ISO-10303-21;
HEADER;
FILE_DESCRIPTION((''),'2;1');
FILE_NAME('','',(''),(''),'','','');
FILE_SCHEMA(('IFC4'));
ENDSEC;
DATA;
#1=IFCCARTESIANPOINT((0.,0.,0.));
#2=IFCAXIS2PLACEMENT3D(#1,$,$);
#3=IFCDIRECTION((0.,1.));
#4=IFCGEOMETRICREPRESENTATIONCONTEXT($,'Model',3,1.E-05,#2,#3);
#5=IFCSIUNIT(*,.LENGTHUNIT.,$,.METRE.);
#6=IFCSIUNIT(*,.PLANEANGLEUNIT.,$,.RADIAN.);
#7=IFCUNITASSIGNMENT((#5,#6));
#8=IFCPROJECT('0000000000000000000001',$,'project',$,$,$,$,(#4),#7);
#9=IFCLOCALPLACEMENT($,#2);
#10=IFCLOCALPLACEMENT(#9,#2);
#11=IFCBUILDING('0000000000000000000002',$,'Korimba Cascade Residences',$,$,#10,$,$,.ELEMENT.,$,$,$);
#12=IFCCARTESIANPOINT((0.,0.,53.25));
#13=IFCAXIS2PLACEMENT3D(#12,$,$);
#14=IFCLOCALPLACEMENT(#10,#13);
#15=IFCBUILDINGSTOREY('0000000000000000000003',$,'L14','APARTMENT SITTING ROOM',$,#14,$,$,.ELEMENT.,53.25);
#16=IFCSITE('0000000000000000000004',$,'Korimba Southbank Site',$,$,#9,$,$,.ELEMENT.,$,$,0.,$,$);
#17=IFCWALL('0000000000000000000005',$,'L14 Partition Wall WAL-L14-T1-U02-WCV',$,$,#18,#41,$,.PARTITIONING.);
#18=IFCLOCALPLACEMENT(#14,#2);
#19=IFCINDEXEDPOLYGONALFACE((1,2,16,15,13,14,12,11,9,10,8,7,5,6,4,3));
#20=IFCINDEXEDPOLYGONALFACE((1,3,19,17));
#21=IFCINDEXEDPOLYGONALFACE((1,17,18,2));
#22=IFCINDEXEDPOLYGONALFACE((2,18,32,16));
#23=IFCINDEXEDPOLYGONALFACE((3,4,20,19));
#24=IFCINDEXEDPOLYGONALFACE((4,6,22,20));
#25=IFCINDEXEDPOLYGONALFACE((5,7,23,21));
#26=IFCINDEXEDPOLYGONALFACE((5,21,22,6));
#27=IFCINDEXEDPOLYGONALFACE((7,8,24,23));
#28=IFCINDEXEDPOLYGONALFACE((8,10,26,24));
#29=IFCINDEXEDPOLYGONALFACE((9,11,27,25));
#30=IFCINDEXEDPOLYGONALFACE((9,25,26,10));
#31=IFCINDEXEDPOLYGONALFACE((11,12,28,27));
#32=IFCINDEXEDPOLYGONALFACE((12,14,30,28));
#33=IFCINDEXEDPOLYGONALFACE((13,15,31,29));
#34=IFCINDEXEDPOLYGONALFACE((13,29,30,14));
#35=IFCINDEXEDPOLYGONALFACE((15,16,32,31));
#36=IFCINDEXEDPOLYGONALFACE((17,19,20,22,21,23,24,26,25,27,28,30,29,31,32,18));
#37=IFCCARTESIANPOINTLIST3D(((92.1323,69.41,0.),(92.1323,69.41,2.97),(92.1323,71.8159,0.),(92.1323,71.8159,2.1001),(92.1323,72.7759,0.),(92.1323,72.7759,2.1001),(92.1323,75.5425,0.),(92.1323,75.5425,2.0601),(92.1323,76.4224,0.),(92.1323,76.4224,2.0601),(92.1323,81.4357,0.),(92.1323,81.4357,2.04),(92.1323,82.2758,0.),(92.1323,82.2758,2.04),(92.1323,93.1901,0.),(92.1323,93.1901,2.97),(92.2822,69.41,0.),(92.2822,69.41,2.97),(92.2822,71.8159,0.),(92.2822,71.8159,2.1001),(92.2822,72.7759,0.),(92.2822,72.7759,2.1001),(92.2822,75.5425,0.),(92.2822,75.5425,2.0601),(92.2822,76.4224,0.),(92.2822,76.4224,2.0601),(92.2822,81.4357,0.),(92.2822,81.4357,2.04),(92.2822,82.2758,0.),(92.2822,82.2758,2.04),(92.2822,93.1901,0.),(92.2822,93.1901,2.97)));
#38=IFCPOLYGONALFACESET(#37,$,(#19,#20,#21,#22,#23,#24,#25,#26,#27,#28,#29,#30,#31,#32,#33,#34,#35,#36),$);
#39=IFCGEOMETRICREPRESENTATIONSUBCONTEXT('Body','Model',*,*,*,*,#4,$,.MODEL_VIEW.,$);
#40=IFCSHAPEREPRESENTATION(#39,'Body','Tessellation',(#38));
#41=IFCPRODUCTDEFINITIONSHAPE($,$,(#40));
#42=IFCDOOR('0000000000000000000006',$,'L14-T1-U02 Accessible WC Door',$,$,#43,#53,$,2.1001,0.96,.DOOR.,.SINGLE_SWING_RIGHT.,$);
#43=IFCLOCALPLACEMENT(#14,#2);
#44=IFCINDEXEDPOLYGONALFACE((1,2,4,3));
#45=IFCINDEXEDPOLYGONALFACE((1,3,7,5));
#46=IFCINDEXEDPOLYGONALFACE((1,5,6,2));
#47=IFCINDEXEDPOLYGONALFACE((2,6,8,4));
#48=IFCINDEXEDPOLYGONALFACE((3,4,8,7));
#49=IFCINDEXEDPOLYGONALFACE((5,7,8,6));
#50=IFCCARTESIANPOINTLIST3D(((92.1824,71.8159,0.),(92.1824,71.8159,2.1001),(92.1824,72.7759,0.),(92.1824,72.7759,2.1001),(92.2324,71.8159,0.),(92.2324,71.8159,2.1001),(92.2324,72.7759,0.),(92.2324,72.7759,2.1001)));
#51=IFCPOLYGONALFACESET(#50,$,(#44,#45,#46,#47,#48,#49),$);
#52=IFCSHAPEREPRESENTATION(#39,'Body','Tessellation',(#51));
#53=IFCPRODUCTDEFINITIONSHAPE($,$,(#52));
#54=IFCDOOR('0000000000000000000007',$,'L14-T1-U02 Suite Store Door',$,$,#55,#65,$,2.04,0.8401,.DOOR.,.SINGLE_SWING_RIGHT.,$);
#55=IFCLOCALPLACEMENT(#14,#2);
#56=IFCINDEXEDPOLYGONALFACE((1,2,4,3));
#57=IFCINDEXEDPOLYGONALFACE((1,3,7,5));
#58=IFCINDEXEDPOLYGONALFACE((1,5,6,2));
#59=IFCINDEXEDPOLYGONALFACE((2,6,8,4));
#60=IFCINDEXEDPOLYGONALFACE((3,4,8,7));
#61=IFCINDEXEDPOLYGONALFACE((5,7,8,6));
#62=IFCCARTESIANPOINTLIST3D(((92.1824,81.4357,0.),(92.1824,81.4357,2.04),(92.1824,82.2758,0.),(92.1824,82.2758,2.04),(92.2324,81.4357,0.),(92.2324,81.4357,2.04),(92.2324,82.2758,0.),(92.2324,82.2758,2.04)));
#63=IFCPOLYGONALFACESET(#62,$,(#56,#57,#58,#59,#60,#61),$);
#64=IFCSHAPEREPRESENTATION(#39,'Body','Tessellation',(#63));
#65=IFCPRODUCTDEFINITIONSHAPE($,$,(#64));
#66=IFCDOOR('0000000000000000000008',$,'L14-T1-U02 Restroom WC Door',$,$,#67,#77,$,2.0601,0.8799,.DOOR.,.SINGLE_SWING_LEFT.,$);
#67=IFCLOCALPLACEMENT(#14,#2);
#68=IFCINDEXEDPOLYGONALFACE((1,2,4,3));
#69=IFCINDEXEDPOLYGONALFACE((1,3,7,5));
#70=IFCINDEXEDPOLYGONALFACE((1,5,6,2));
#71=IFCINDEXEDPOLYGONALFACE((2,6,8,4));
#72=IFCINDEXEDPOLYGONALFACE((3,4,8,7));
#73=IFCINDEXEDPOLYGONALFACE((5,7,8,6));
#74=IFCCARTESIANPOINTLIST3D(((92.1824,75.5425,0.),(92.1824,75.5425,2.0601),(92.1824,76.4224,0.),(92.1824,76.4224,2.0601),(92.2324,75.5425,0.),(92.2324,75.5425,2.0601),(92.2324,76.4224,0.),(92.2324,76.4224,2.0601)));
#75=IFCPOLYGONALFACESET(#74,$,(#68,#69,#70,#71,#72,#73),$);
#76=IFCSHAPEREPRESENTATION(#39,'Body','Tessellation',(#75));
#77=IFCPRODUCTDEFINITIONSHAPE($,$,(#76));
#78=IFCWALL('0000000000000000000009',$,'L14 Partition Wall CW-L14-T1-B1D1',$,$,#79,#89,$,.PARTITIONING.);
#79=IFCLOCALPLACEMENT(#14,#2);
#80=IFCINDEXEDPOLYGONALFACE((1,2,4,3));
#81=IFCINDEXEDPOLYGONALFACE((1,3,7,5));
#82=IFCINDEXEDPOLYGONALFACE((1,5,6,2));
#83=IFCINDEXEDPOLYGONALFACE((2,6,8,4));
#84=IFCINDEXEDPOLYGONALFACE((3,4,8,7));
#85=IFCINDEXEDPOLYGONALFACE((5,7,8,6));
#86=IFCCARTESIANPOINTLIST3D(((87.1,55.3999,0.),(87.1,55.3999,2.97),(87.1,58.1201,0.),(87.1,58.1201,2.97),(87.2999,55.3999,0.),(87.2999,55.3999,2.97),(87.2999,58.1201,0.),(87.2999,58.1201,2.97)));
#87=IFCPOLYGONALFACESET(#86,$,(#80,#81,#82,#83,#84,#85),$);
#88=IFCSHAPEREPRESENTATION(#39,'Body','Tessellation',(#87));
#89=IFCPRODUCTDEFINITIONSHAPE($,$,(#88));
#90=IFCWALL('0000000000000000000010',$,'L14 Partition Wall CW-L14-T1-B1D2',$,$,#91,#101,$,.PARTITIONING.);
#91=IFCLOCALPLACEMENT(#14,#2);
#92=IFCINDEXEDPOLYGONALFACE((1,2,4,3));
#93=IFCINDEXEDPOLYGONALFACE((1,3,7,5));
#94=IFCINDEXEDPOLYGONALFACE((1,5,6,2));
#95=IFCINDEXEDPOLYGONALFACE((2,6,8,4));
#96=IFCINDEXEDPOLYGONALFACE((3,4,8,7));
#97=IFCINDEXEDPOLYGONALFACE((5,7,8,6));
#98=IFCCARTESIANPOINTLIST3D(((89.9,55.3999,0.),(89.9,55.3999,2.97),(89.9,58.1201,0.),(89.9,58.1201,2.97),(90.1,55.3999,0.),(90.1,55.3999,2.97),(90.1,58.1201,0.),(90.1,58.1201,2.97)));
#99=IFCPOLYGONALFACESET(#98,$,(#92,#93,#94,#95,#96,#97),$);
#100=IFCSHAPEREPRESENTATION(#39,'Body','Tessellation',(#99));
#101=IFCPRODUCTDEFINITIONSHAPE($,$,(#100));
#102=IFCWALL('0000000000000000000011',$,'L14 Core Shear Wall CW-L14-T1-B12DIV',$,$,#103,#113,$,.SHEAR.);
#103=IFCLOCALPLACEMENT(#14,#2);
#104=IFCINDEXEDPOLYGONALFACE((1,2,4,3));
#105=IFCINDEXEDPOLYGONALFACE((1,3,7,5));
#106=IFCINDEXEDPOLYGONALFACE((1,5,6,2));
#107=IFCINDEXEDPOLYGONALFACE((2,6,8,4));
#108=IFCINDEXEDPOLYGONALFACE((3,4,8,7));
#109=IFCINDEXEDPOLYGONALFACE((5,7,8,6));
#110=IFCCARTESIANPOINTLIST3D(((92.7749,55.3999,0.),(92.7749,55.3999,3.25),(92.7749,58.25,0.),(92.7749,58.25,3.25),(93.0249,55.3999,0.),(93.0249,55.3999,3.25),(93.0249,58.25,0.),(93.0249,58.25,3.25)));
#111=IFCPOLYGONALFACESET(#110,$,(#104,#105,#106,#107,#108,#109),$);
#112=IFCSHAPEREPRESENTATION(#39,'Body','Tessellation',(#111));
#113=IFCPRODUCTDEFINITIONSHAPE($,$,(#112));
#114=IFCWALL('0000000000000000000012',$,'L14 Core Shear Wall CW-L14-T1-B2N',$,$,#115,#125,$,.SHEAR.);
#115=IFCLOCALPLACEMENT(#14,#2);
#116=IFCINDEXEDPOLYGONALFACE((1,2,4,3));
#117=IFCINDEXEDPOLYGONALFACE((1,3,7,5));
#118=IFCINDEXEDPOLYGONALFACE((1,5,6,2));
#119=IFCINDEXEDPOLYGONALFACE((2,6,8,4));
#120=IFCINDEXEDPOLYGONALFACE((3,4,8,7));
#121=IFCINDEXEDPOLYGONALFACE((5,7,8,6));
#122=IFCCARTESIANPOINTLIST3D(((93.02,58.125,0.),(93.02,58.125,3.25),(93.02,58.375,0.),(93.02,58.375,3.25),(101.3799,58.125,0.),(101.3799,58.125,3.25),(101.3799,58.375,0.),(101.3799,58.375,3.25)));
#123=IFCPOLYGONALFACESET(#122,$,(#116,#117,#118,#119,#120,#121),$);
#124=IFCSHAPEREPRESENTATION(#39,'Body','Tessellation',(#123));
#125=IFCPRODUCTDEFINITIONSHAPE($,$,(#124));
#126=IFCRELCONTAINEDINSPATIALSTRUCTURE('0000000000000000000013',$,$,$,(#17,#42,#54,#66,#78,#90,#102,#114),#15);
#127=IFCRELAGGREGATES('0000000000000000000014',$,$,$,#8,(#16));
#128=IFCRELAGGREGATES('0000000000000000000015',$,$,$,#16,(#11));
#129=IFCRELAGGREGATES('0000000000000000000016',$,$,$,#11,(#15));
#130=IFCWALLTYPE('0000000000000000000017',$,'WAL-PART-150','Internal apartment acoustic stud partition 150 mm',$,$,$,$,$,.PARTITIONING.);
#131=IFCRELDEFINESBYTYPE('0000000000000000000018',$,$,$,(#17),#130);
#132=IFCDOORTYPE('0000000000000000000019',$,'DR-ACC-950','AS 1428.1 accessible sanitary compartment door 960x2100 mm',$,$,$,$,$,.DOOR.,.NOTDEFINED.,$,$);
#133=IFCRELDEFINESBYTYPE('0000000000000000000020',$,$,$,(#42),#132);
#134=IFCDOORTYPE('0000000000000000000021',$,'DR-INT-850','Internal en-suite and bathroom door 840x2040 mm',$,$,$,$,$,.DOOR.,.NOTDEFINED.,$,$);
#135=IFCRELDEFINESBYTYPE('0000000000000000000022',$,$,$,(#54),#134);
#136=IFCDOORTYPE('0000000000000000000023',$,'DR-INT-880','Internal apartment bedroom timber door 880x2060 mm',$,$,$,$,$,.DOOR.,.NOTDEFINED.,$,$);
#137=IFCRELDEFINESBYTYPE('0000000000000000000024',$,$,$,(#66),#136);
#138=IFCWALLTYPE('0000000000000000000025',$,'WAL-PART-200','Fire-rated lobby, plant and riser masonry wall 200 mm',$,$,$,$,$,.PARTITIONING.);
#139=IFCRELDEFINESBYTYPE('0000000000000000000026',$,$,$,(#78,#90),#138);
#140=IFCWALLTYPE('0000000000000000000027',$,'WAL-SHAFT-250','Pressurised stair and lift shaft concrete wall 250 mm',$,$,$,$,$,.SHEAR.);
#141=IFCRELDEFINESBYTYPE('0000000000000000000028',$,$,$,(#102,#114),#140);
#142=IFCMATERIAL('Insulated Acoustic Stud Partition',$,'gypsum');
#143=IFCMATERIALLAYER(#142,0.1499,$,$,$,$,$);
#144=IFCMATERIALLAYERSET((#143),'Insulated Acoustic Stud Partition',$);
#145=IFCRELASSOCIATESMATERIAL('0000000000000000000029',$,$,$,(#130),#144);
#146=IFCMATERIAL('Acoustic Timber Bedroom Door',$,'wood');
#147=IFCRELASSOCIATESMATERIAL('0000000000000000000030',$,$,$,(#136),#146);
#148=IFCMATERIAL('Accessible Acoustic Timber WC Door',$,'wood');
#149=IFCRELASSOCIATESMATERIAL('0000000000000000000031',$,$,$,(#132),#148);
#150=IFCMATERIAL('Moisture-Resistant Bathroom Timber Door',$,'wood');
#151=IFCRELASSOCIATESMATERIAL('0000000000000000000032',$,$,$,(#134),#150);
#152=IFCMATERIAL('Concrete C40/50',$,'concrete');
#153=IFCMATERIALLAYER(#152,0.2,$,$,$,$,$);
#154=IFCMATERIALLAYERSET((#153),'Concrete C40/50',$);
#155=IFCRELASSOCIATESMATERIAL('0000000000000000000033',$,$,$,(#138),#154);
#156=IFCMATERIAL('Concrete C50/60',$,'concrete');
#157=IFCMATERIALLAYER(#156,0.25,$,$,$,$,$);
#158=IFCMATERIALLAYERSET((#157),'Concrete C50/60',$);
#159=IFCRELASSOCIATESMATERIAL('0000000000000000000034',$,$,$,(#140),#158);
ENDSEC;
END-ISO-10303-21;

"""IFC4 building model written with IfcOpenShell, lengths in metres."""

from ifc_helpers import new_model, si_unit, direction, frame, frame_2d, origin, place, context, subcontext, project, spatial, rectangle, extrude, material, layer, layer_set, type_object, element, fill, save


model = new_model("IFC4")

# Units and contexts
model_context = context("Model", 3, precision=1e-05, world=origin(), true_north=direction((0.0, 1.0)))
body_context = subcontext(model_context, "Body", "Model", "MODEL_VIEW")
ifc_project = project(units=[si_unit("LENGTHUNIT", "METRE"), si_unit("PLANEANGLEUNIT", "RADIAN")], contexts=[model_context])

# Site, building, storey
site_placement = place(None, origin())
site = spatial("IfcSite", under=ifc_project, at=site_placement, Name="Korimba Southbank Site", CompositionType="ELEMENT", RefElevation=0.0)
building_placement = place(site_placement, origin())
building = spatial("IfcBuilding", under=site, at=building_placement, Name="Korimba Cascade Residences", CompositionType="ELEMENT")
storey_placement = place(building_placement, frame((0.0, 0.0, 53.25)))
storey = spatial("IfcBuildingStorey", under=building, at=storey_placement, Name="L14", Description="APARTMENT SITTING ROOM", CompositionType="ELEMENT", Elevation=53.25)

# Shared definitions
ifc_material_1 = material(Name="Concrete C50/60", Category="concrete")

# Shared definitions
ifc_material_2 = material(Name="Insulated Acoustic Stud Partition", Category="gypsum")
ifc_layer_1 = layer(ifc_material_2, 0.1499)
ifc_layer_set_1 = layer_set([ifc_layer_1], Name="Insulated Acoustic Stud Partition")
wall_type_1 = type_object("IfcWallType", Name="WAL-PART-150", Description="Internal apartment acoustic stud partition 150 mm", PredefinedType="PARTITIONING", material=ifc_layer_set_1)

# Shared definitions
ifc_material_3 = material(Name="Acoustic Timber Bedroom Door", Category="wood")
door_type_1 = type_object("IfcDoorType", Name="DR-INT-880", Description="Internal apartment bedroom timber door 880x2060 mm", OperationType="NOTDEFINED", PredefinedType="DOOR", material=ifc_material_3)

# Wall, openings, doors
wall_1_placement = place(storey_placement, frame((92.2073, 69.4099, 0.0), z_axis=(0.0, 0.0, 1.0), x_axis=(0.0, 1.0, 0.0)))
wall_1 = element("IfcWall", 1, at=wall_1_placement, inside=storey, type_object=wall_type_1, Name="L14 Partition Wall WAL-L14-T1-U02-WCV", PredefinedType="PARTITIONING", context=body_context, shape_type="SweptSolid", body=[
    extrude(rectangle(XDim=23.78, YDim=0.1499, at=frame_2d((11.8901, 0.0))), origin(), (0.0, 0.0, 1.0), 2.97),
])
opening_1_placement = place(wall_1_placement, frame((2.406, 0.0, 0.0)))
opening_1 = element("IfcOpeningElement", 2, at=opening_1_placement, cuts=wall_1, PredefinedType="OPENING", context=body_context, shape_type="SweptSolid", body=[
    extrude(rectangle(XDim=0.96, YDim=2.1001, at=frame_2d((0.48, 1.05))), frame((0.0, 0.085, 0.0), z_axis=(0.0, -1.0, 0.0), x_axis=(1.0, 0.0, 0.0)), (0.0, 0.0, 1.0), 0.1699),
])
opening_2_placement = place(wall_1_placement, frame((6.1326, 0.0, 0.0)))
opening_2 = element("IfcOpeningElement", 3, at=opening_2_placement, cuts=wall_1, PredefinedType="OPENING", context=body_context, shape_type="SweptSolid", body=[
    extrude(rectangle(XDim=0.8799, YDim=2.0601, at=frame_2d((0.4399, 1.03))), frame((0.0, 0.085, 0.0), z_axis=(0.0, -1.0, 0.0), x_axis=(1.0, 0.0, 0.0)), (0.0, 0.0, 1.0), 0.1699),
])
opening_3_placement = place(wall_1_placement, frame((12.0259, 0.0, 0.0)))
opening_3 = element("IfcOpeningElement", 4, at=opening_3_placement, cuts=wall_1, PredefinedType="OPENING", context=body_context, shape_type="SweptSolid", body=[
    extrude(rectangle(XDim=0.8401, YDim=2.04, at=frame_2d((0.4199, 1.02))), frame((0.0, 0.085, 0.0), z_axis=(0.0, -1.0, 0.0), x_axis=(1.0, 0.0, 0.0)), (0.0, 0.0, 1.0), 0.1699),
])
ifc_material_4 = material(Name="Accessible Acoustic Timber WC Door", Category="wood")
door_type_2 = type_object("IfcDoorType", Name="DR-ACC-950", Description="AS 1428.1 accessible sanitary compartment door 960x2100 mm", OperationType="NOTDEFINED", PredefinedType="DOOR", material=ifc_material_4)
door_1_placement = place(opening_1_placement, origin())
door_1 = element("IfcDoor", 5, at=door_1_placement, inside=storey, type_object=door_type_2, Name="L14-T1-U02 Accessible WC Door", OperationType="SINGLE_SWING_RIGHT", OverallHeight=2.1001, OverallWidth=0.96, PredefinedType="DOOR", context=body_context, shape_type="SweptSolid", body=[
    extrude(rectangle(XDim=0.96, YDim=2.1001, at=frame_2d((0.48, 1.05))), frame((0.0, 0.0249, 0.0), z_axis=(0.0, -1.0, 0.0), x_axis=(1.0, 0.0, 0.0)), (0.0, 0.0, 1.0), 0.05),
])
fill(opening_1, door_1)
ifc_material_5 = material(Name="Moisture-Resistant Bathroom Timber Door", Category="wood")
door_type_3 = type_object("IfcDoorType", Name="DR-INT-850", Description="Internal en-suite and bathroom door 840x2040 mm", OperationType="NOTDEFINED", PredefinedType="DOOR", material=ifc_material_5)
door_2_placement = place(opening_3_placement, origin())
door_2 = element("IfcDoor", 6, at=door_2_placement, inside=storey, type_object=door_type_3, Name="L14-T1-U02 Suite Store Door", OperationType="SINGLE_SWING_RIGHT", OverallHeight=2.04, OverallWidth=0.8401, PredefinedType="DOOR", context=body_context, shape_type="SweptSolid", body=[
    extrude(rectangle(XDim=0.8401, YDim=2.04, at=frame_2d((0.4199, 1.02))), frame((0.0, 0.0249, 0.0), z_axis=(0.0, -1.0, 0.0), x_axis=(1.0, 0.0, 0.0)), (0.0, 0.0, 1.0), 0.05),
])
fill(opening_3, door_2)
door_3_placement = place(opening_2_placement, origin())
door_3 = element("IfcDoor", 7, at=door_3_placement, inside=storey, type_object=door_type_1, Name="L14-T1-U02 Restroom WC Door", OperationType="SINGLE_SWING_LEFT", OverallHeight=2.0601, OverallWidth=0.8799, PredefinedType="DOOR", context=body_context, shape_type="SweptSolid", body=[
    extrude(rectangle(XDim=0.8799, YDim=2.0601, at=frame_2d((0.4399, 1.03))), frame((0.0, 0.0249, 0.0), z_axis=(0.0, -1.0, 0.0), x_axis=(1.0, 0.0, 0.0)), (0.0, 0.0, 1.0), 0.05),
])
fill(opening_2, door_3)

# Walls
ifc_material_6 = material(Name="Concrete C40/50", Category="concrete")
ifc_layer_2 = layer(ifc_material_6, 0.2)
ifc_layer_set_2 = layer_set([ifc_layer_2], Name="Concrete C40/50")
wall_type_2 = type_object("IfcWallType", Name="WAL-PART-200", Description="Fire-rated lobby, plant and riser masonry wall 200 mm", PredefinedType="PARTITIONING", material=ifc_layer_set_2)
for number, where, z_axis, x_axis, name in (
    (8, (87.2, 55.3999, 0.0), (0.0, 0.0, 1.0), (0.0, 1.0, 0.0), "L14 Partition Wall CW-L14-T1-B1D1"),
    (9, (90.0, 55.3999, 0.0), (0.0, 0.0, 1.0), (0.0, 1.0, 0.0), "L14 Partition Wall CW-L14-T1-B1D2"),
):
    element("IfcWall", number, at=place(storey_placement, frame(where, z_axis=z_axis, x_axis=x_axis)), inside=storey, type_object=wall_type_2, Name=name, PredefinedType="PARTITIONING", context=body_context, shape_type="SweptSolid", body=[
        extrude(rectangle(XDim=2.7202, YDim=0.2, at=frame_2d((1.3601, 0.0))), origin(), (0.0, 0.0, 1.0), 2.97),
    ])
ifc_layer_3 = layer(ifc_material_1, 0.25)
ifc_layer_set_3 = layer_set([ifc_layer_3], Name="Concrete C50/60")
wall_type_3 = type_object("IfcWallType", Name="WAL-SHAFT-250", Description="Pressurised stair and lift shaft concrete wall 250 mm", PredefinedType="SHEAR", material=ifc_layer_set_3)
wall_2_placement = place(storey_placement, frame((92.8999, 55.3999, 0.0), z_axis=(0.0, 0.0, 1.0), x_axis=(0.0, 1.0, 0.0)))
element("IfcWall", 10, at=wall_2_placement, inside=storey, type_object=wall_type_3, Name="L14 Core Shear Wall CW-L14-T1-B12DIV", PredefinedType="SHEAR", context=body_context, shape_type="SweptSolid", body=[
    extrude(rectangle(XDim=2.8501, YDim=0.25, at=frame_2d((1.425, 0.0))), origin(), (0.0, 0.0, 1.0), 3.25),
])
wall_3_placement = place(storey_placement, frame((93.02, 58.25, 0.0), z_axis=(0.0, 0.0, 1.0), x_axis=(1.0, 0.0, 0.0)))
element("IfcWall", 11, at=wall_3_placement, inside=storey, type_object=wall_type_3, Name="L14 Core Shear Wall CW-L14-T1-B2N", PredefinedType="SHEAR", context=body_context, shape_type="SweptSolid", body=[
    extrude(rectangle(XDim=8.3599, YDim=0.25, at=frame_2d((4.1799, 0.0))), origin(), (0.0, 0.0, 1.0), 3.25),
])

save(model, "model.ifc")
